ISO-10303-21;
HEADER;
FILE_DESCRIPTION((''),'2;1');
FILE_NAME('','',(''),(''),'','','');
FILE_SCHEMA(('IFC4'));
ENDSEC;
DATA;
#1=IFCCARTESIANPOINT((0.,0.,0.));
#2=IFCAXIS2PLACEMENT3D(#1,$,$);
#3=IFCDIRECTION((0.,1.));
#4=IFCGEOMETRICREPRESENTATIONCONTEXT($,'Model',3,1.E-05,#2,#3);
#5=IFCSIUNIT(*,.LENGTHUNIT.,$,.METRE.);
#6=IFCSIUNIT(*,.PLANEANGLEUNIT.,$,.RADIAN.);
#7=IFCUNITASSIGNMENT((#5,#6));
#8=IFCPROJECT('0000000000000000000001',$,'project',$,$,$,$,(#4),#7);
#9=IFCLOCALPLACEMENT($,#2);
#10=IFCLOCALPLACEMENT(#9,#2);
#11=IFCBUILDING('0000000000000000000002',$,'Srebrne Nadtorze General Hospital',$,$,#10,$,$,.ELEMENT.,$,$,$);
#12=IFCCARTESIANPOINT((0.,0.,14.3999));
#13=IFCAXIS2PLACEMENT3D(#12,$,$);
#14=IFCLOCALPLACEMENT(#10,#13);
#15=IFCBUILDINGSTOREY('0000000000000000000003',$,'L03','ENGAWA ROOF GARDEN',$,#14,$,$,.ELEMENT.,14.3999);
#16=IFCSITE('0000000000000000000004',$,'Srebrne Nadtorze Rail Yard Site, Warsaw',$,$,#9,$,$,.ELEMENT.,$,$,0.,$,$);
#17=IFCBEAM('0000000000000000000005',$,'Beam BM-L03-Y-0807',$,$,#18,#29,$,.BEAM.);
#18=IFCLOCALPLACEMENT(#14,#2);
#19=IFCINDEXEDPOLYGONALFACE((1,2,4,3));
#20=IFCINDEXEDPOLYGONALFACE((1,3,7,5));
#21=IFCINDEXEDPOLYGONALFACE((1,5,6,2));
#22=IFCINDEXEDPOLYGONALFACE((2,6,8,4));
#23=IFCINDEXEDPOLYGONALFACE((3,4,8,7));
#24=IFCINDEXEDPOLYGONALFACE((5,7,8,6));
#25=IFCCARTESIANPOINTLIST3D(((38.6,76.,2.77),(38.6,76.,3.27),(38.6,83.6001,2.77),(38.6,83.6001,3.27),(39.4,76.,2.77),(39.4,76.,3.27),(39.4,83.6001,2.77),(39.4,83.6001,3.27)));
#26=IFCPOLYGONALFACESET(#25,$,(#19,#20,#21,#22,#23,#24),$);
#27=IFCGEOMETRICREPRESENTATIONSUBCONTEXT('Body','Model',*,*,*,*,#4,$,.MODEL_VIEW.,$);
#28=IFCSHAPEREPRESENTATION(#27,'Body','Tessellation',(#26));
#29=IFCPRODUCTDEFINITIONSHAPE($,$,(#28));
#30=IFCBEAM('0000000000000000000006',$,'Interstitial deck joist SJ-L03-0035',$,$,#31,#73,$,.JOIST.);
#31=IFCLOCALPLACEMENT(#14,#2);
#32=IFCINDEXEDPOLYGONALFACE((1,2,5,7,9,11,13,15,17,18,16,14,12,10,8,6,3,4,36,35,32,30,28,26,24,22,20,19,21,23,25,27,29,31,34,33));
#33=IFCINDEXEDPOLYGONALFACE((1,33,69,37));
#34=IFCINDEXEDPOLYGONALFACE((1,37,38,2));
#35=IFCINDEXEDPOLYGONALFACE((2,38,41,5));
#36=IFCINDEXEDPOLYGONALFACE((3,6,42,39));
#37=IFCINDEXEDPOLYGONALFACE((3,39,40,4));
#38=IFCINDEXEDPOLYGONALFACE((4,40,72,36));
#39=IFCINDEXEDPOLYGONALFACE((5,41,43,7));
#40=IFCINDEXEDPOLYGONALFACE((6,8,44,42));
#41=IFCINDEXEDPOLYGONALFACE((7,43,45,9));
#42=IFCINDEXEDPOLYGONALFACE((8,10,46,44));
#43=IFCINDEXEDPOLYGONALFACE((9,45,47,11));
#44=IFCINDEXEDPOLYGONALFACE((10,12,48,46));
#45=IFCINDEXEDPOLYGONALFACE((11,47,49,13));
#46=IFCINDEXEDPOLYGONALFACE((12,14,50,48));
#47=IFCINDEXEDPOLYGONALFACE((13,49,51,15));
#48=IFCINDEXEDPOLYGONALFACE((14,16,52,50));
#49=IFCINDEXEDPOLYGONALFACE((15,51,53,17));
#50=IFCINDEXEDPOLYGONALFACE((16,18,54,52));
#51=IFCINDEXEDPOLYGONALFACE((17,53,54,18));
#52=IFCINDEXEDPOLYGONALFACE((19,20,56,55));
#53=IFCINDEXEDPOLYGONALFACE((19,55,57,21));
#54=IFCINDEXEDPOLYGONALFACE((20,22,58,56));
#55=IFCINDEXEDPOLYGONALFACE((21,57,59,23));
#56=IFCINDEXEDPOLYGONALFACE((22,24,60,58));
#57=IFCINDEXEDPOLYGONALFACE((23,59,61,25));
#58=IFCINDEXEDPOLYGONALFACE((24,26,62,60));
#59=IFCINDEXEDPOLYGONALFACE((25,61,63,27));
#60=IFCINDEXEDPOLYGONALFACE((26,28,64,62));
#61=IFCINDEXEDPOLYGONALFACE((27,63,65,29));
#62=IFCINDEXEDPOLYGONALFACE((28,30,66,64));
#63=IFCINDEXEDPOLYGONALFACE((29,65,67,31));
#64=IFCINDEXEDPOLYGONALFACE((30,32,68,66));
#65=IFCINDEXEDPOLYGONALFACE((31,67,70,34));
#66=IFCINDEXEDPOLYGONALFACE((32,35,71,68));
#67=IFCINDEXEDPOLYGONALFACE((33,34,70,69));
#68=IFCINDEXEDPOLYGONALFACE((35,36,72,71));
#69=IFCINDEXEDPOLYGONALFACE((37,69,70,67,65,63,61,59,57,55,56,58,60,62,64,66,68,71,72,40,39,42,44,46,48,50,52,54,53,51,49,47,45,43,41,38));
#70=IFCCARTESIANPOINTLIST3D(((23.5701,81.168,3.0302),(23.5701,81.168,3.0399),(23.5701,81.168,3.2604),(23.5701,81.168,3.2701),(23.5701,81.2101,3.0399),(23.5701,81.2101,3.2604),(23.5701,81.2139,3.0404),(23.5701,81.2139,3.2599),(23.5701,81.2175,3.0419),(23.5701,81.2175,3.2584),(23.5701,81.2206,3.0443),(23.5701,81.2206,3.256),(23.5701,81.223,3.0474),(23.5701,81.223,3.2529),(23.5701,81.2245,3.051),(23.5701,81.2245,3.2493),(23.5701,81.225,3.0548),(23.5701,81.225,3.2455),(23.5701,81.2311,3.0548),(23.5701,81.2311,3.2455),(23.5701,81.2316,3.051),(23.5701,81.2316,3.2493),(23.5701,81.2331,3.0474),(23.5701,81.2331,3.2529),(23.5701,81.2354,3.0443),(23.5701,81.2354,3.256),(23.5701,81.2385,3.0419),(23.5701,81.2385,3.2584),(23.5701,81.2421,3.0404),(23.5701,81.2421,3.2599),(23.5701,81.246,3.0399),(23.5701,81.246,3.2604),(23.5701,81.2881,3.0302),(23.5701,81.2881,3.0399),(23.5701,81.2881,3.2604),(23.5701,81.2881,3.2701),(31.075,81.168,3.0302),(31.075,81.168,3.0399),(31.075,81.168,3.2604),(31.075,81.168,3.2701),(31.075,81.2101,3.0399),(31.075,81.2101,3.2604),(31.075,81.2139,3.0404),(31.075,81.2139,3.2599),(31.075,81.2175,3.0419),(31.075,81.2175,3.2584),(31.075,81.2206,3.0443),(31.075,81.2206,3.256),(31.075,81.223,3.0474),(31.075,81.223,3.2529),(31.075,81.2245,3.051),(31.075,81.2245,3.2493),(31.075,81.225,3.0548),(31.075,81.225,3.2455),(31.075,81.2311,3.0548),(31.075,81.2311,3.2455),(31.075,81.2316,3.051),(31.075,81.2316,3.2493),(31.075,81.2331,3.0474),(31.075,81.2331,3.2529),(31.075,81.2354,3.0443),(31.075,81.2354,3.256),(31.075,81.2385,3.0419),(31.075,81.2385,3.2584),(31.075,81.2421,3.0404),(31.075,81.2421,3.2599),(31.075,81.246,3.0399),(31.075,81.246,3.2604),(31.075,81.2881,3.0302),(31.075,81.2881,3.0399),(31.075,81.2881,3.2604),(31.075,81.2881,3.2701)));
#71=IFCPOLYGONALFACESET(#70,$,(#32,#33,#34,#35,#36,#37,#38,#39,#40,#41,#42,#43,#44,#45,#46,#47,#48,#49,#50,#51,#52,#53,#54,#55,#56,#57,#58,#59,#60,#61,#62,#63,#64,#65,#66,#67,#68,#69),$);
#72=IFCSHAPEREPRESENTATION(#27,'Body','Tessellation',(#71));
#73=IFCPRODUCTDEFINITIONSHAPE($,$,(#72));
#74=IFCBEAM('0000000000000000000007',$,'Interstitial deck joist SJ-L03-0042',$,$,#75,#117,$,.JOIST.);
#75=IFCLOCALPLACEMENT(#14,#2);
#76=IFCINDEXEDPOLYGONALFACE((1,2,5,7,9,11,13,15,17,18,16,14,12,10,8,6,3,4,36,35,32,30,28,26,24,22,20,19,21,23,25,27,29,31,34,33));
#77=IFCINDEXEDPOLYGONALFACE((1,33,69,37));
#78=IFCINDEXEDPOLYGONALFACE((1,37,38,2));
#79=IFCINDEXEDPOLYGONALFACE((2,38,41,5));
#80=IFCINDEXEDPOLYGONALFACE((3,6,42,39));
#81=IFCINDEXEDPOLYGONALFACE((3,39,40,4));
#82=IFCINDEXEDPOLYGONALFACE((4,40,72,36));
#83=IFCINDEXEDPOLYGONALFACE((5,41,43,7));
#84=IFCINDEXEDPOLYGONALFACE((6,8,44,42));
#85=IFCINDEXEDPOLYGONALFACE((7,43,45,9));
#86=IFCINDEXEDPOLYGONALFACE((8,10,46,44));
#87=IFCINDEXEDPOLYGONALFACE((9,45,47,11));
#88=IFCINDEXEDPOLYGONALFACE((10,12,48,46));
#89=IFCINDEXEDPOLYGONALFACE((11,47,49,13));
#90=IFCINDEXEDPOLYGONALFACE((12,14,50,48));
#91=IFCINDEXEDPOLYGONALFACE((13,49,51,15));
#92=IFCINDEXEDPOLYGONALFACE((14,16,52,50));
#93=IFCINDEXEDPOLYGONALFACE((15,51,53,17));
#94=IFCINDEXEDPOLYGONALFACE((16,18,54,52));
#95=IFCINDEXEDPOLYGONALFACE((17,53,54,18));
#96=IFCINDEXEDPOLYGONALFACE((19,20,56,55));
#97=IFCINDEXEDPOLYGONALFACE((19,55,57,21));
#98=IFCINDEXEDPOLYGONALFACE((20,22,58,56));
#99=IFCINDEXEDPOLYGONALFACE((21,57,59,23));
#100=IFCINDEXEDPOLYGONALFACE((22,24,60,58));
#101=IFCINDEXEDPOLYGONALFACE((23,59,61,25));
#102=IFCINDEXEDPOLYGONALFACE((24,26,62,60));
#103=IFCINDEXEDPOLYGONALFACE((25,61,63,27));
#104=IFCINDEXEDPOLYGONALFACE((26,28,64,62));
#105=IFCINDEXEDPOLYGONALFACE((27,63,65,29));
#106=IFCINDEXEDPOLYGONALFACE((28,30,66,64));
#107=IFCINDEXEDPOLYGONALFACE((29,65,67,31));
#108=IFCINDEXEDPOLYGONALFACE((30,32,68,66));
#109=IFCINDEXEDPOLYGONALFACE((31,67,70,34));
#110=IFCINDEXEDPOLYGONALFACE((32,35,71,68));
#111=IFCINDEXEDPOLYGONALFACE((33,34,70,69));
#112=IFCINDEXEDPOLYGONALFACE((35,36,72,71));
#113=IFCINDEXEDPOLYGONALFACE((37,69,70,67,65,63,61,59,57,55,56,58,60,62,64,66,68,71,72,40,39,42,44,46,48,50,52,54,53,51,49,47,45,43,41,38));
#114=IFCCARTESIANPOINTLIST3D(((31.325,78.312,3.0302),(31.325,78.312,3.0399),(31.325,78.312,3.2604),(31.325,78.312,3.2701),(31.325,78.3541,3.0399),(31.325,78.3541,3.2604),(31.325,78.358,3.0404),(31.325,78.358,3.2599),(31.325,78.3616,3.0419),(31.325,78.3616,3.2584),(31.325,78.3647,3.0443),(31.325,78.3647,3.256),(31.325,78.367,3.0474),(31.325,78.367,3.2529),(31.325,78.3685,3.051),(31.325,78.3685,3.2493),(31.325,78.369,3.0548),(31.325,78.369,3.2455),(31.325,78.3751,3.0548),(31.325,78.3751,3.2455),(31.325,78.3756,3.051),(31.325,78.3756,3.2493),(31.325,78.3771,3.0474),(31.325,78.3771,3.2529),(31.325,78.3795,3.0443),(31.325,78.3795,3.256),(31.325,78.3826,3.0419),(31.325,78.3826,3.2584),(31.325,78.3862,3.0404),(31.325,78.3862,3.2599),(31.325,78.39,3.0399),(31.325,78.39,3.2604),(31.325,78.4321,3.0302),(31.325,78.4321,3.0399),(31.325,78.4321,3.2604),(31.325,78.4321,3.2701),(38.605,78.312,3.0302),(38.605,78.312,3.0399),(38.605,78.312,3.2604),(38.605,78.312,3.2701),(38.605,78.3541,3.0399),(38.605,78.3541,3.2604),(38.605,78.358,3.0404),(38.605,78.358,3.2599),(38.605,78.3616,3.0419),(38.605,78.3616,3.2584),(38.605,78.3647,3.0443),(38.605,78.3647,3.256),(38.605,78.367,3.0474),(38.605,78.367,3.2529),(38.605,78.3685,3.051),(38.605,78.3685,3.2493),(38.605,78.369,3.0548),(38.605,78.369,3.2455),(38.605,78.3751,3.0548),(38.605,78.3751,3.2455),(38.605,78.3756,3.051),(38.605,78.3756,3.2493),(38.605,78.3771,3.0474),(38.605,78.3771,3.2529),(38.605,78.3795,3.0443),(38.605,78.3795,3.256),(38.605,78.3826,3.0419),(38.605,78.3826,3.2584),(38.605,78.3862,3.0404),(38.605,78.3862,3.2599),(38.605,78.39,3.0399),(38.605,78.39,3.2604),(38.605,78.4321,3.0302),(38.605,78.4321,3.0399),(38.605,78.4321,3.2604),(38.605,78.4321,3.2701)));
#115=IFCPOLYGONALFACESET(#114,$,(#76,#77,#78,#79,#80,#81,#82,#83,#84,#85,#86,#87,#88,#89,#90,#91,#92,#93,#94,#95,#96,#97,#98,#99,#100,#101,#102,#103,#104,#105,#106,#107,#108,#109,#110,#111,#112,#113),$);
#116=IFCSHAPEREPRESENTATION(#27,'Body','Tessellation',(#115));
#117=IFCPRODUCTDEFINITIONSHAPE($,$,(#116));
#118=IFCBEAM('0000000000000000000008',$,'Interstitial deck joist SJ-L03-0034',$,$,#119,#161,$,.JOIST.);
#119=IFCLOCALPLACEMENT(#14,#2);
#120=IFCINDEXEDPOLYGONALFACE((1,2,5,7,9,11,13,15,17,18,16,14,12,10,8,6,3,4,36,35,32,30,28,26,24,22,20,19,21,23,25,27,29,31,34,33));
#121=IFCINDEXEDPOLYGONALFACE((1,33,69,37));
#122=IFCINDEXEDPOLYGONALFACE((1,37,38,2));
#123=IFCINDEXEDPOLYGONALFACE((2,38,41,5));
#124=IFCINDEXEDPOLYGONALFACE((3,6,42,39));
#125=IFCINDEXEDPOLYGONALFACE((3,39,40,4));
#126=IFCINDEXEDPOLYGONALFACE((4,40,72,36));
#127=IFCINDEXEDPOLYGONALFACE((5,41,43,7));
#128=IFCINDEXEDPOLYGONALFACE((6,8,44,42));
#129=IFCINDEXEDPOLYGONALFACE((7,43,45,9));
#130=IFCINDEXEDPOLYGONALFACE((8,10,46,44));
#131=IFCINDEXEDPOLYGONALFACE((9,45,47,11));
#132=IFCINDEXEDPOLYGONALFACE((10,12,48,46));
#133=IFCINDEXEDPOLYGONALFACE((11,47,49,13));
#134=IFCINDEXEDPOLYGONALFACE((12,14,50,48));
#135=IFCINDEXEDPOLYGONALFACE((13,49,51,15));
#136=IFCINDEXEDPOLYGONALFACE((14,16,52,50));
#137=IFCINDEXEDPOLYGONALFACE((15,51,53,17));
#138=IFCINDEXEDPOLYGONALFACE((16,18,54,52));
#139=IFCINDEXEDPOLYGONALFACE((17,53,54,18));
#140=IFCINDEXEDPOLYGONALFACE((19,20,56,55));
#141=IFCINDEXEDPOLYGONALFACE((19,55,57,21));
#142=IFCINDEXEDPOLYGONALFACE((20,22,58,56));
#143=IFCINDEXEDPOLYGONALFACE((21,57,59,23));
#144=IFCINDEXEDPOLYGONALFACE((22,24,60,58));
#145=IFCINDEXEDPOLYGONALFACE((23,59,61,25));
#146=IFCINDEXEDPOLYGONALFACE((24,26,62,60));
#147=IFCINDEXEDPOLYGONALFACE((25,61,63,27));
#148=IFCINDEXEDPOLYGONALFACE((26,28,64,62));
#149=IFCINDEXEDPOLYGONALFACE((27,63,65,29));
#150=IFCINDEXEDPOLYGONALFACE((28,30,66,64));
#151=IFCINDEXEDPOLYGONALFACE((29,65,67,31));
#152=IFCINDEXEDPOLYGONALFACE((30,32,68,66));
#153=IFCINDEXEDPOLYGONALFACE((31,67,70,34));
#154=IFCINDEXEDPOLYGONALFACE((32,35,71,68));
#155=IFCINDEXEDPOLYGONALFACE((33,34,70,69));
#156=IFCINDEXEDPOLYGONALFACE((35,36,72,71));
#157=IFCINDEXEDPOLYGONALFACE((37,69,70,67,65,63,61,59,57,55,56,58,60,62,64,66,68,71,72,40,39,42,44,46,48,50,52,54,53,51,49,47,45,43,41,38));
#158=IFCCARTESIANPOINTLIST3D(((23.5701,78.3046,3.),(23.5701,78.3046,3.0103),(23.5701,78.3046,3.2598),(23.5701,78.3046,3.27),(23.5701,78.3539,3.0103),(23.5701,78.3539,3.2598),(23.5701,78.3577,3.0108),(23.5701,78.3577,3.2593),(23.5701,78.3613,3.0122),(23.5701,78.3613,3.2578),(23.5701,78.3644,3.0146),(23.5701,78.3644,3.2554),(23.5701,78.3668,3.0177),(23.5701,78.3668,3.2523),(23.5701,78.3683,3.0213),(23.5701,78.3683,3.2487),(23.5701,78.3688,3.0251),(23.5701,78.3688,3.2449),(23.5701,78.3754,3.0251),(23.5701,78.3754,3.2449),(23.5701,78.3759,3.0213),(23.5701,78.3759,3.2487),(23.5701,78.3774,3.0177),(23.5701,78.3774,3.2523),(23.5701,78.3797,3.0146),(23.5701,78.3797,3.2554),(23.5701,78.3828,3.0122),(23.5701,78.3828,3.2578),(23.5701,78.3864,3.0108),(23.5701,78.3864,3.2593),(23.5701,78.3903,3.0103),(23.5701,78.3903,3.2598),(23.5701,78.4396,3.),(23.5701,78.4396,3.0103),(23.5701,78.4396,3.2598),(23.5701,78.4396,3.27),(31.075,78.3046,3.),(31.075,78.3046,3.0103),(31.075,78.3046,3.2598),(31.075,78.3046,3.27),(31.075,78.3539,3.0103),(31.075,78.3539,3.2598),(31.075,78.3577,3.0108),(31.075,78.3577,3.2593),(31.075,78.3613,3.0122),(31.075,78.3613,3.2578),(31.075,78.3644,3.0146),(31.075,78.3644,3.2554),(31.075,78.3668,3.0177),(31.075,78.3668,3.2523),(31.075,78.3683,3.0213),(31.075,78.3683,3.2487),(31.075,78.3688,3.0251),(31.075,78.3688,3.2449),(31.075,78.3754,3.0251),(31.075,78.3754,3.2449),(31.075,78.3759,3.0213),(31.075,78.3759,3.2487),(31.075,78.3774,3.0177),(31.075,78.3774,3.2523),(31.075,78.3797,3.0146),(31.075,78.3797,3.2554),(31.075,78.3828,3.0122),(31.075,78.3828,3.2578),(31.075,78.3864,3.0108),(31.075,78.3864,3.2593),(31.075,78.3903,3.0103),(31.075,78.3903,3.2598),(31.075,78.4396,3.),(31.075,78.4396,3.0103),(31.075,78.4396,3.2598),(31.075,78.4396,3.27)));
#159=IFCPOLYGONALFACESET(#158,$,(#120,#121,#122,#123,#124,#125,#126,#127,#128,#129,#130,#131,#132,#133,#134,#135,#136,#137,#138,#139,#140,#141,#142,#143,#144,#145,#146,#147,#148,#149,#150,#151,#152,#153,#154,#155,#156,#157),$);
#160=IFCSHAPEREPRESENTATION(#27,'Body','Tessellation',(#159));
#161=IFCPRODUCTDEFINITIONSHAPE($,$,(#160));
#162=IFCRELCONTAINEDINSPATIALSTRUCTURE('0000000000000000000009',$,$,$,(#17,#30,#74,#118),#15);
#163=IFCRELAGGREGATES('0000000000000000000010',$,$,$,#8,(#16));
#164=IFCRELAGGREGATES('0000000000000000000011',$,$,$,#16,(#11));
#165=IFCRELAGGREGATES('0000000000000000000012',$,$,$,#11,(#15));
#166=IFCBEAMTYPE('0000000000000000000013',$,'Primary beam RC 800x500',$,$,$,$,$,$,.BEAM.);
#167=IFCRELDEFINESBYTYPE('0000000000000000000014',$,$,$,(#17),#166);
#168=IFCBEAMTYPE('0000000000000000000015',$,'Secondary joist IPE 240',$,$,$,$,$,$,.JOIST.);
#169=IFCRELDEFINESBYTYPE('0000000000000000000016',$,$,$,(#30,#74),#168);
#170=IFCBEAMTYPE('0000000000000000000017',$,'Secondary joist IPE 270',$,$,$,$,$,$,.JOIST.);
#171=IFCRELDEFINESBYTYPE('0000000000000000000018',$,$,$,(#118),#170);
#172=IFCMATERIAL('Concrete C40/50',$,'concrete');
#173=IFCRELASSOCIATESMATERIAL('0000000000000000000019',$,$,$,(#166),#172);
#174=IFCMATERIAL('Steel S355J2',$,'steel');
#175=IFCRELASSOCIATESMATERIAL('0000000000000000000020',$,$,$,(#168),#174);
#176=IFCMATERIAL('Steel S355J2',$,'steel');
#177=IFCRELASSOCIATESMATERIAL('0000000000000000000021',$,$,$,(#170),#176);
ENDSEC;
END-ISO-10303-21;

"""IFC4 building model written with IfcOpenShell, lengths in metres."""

from ifc_helpers import new_model, si_unit, direction, frame, origin, origin_2d, place, context, subcontext, project, spatial, rectangle, i_section, extrude, material, material_profile, profile_set, type_object, element, save


model = new_model("IFC4")

# Units and contexts
model_context = context("Model", 3, precision=1e-05, world=origin(), true_north=direction((0.0, 1.0)))
body_context = subcontext(model_context, "Body", "Model", "MODEL_VIEW")
ifc_project = project(units=[si_unit("LENGTHUNIT", "METRE"), si_unit("PLANEANGLEUNIT", "RADIAN")], contexts=[model_context])

# Site, building, storey
site_placement = place(None, origin())
site = spatial("IfcSite", under=ifc_project, at=site_placement, Name="Srebrne Nadtorze Rail Yard Site, Warsaw", CompositionType="ELEMENT", RefElevation=0.0)
building_placement = place(site_placement, origin())
building = spatial("IfcBuilding", under=site, at=building_placement, Name="Srebrne Nadtorze General Hospital", CompositionType="ELEMENT")
storey_placement = place(building_placement, frame((0.0, 0.0, 14.3999)))
storey = spatial("IfcBuildingStorey", under=building, at=storey_placement, Name="L03", Description="ENGAWA ROOF GARDEN", CompositionType="ELEMENT", Elevation=14.3999)

# Beams
ifc_material_1 = material(Name="Concrete C40/50", Category="concrete")
ifc_material_profile_1 = material_profile(ifc_material_1, rectangle(XDim=0.8, YDim=0.5, at=origin_2d()), Name="RC-BM-800x500")
ifc_profile_set_1 = profile_set([ifc_material_profile_1], Name="Concrete C40/50")
beam_type_1 = type_object("IfcBeamType", Name="Primary beam RC 800x500", PredefinedType="BEAM", material=ifc_profile_set_1)
beam_1_placement = place(storey_placement, frame((39.0, 76.0, 3.02), z_axis=(0.0, 1.0, 0.0), x_axis=(-1.0, 0.0, 0.0)))
element("IfcBeam", 1, at=beam_1_placement, inside=storey, type_object=beam_type_1, Name="Beam BM-L03-Y-0807", PredefinedType="BEAM", context=body_context, shape_type="SweptSolid", body=[
    extrude(rectangle(XDim=0.8, YDim=0.5, at=origin_2d()), origin(), (0.0, 0.0, 1.0), 7.6001),
])
ifc_material_2 = material(Name="Steel S355J2", Category="steel")
ifc_material_profile_2 = material_profile(ifc_material_2, i_section(OverallWidth=0.1201, OverallDepth=0.24, WebThickness=0.0061, FlangeThickness=0.0098, FilletRadius=0.0149, at=origin_2d()), Name="IPE-240")
ifc_profile_set_2 = profile_set([ifc_material_profile_2], Name="Steel S355J2")
beam_type_2 = type_object("IfcBeamType", Name="Secondary joist IPE 240", PredefinedType="JOIST", material=ifc_profile_set_2)
beam_2_placement = place(storey_placement, frame((23.5701, 81.228, 3.1501), z_axis=(1.0, 0.0, 0.0), x_axis=(0.0, 1.0, 0.0)))
element("IfcBeam", 2, at=beam_2_placement, inside=storey, type_object=beam_type_2, Name="Interstitial deck joist SJ-L03-0035", PredefinedType="JOIST", context=body_context, shape_type="SweptSolid", body=[
    extrude(i_section(OverallWidth=0.1201, OverallDepth=0.24, WebThickness=0.0061, FlangeThickness=0.0098, FilletRadius=0.0149, at=origin_2d()), origin(), (0.0, 0.0, 1.0), 7.5049),
])
beam_3_placement = place(storey_placement, frame((31.325, 78.3721, 3.1501), z_axis=(1.0, 0.0, 0.0), x_axis=(0.0, 1.0, 0.0)))
element("IfcBeam", 3, at=beam_3_placement, inside=storey, type_object=beam_type_2, Name="Interstitial deck joist SJ-L03-0042", PredefinedType="JOIST", context=body_context, shape_type="SweptSolid", body=[
    extrude(i_section(OverallWidth=0.1201, OverallDepth=0.24, WebThickness=0.0061, FlangeThickness=0.0098, FilletRadius=0.0149, at=origin_2d()), origin(), (0.0, 0.0, 1.0), 7.28),
])
ifc_material_3 = material(Name="Steel S355J2", Category="steel")
ifc_material_profile_3 = material_profile(ifc_material_3, i_section(OverallWidth=0.135, OverallDepth=0.27, WebThickness=0.0066, FlangeThickness=0.0103, FilletRadius=0.0149, at=origin_2d()), Name="IPE-270")
ifc_profile_set_3 = profile_set([ifc_material_profile_3], Name="Steel S355J2")
beam_type_3 = type_object("IfcBeamType", Name="Secondary joist IPE 270", PredefinedType="JOIST", material=ifc_profile_set_3)
beam_4_placement = place(storey_placement, frame((23.5701, 78.3721, 3.135), z_axis=(1.0, 0.0, 0.0), x_axis=(0.0, 1.0, 0.0)))
element("IfcBeam", 4, at=beam_4_placement, inside=storey, type_object=beam_type_3, Name="Interstitial deck joist SJ-L03-0034", PredefinedType="JOIST", context=body_context, shape_type="SweptSolid", body=[
    extrude(i_section(OverallWidth=0.135, OverallDepth=0.27, WebThickness=0.0066, FlangeThickness=0.0103, FilletRadius=0.0149, at=origin_2d()), origin(), (0.0, 0.0, 1.0), 7.5049),
])

save(model, "model.ifc")
